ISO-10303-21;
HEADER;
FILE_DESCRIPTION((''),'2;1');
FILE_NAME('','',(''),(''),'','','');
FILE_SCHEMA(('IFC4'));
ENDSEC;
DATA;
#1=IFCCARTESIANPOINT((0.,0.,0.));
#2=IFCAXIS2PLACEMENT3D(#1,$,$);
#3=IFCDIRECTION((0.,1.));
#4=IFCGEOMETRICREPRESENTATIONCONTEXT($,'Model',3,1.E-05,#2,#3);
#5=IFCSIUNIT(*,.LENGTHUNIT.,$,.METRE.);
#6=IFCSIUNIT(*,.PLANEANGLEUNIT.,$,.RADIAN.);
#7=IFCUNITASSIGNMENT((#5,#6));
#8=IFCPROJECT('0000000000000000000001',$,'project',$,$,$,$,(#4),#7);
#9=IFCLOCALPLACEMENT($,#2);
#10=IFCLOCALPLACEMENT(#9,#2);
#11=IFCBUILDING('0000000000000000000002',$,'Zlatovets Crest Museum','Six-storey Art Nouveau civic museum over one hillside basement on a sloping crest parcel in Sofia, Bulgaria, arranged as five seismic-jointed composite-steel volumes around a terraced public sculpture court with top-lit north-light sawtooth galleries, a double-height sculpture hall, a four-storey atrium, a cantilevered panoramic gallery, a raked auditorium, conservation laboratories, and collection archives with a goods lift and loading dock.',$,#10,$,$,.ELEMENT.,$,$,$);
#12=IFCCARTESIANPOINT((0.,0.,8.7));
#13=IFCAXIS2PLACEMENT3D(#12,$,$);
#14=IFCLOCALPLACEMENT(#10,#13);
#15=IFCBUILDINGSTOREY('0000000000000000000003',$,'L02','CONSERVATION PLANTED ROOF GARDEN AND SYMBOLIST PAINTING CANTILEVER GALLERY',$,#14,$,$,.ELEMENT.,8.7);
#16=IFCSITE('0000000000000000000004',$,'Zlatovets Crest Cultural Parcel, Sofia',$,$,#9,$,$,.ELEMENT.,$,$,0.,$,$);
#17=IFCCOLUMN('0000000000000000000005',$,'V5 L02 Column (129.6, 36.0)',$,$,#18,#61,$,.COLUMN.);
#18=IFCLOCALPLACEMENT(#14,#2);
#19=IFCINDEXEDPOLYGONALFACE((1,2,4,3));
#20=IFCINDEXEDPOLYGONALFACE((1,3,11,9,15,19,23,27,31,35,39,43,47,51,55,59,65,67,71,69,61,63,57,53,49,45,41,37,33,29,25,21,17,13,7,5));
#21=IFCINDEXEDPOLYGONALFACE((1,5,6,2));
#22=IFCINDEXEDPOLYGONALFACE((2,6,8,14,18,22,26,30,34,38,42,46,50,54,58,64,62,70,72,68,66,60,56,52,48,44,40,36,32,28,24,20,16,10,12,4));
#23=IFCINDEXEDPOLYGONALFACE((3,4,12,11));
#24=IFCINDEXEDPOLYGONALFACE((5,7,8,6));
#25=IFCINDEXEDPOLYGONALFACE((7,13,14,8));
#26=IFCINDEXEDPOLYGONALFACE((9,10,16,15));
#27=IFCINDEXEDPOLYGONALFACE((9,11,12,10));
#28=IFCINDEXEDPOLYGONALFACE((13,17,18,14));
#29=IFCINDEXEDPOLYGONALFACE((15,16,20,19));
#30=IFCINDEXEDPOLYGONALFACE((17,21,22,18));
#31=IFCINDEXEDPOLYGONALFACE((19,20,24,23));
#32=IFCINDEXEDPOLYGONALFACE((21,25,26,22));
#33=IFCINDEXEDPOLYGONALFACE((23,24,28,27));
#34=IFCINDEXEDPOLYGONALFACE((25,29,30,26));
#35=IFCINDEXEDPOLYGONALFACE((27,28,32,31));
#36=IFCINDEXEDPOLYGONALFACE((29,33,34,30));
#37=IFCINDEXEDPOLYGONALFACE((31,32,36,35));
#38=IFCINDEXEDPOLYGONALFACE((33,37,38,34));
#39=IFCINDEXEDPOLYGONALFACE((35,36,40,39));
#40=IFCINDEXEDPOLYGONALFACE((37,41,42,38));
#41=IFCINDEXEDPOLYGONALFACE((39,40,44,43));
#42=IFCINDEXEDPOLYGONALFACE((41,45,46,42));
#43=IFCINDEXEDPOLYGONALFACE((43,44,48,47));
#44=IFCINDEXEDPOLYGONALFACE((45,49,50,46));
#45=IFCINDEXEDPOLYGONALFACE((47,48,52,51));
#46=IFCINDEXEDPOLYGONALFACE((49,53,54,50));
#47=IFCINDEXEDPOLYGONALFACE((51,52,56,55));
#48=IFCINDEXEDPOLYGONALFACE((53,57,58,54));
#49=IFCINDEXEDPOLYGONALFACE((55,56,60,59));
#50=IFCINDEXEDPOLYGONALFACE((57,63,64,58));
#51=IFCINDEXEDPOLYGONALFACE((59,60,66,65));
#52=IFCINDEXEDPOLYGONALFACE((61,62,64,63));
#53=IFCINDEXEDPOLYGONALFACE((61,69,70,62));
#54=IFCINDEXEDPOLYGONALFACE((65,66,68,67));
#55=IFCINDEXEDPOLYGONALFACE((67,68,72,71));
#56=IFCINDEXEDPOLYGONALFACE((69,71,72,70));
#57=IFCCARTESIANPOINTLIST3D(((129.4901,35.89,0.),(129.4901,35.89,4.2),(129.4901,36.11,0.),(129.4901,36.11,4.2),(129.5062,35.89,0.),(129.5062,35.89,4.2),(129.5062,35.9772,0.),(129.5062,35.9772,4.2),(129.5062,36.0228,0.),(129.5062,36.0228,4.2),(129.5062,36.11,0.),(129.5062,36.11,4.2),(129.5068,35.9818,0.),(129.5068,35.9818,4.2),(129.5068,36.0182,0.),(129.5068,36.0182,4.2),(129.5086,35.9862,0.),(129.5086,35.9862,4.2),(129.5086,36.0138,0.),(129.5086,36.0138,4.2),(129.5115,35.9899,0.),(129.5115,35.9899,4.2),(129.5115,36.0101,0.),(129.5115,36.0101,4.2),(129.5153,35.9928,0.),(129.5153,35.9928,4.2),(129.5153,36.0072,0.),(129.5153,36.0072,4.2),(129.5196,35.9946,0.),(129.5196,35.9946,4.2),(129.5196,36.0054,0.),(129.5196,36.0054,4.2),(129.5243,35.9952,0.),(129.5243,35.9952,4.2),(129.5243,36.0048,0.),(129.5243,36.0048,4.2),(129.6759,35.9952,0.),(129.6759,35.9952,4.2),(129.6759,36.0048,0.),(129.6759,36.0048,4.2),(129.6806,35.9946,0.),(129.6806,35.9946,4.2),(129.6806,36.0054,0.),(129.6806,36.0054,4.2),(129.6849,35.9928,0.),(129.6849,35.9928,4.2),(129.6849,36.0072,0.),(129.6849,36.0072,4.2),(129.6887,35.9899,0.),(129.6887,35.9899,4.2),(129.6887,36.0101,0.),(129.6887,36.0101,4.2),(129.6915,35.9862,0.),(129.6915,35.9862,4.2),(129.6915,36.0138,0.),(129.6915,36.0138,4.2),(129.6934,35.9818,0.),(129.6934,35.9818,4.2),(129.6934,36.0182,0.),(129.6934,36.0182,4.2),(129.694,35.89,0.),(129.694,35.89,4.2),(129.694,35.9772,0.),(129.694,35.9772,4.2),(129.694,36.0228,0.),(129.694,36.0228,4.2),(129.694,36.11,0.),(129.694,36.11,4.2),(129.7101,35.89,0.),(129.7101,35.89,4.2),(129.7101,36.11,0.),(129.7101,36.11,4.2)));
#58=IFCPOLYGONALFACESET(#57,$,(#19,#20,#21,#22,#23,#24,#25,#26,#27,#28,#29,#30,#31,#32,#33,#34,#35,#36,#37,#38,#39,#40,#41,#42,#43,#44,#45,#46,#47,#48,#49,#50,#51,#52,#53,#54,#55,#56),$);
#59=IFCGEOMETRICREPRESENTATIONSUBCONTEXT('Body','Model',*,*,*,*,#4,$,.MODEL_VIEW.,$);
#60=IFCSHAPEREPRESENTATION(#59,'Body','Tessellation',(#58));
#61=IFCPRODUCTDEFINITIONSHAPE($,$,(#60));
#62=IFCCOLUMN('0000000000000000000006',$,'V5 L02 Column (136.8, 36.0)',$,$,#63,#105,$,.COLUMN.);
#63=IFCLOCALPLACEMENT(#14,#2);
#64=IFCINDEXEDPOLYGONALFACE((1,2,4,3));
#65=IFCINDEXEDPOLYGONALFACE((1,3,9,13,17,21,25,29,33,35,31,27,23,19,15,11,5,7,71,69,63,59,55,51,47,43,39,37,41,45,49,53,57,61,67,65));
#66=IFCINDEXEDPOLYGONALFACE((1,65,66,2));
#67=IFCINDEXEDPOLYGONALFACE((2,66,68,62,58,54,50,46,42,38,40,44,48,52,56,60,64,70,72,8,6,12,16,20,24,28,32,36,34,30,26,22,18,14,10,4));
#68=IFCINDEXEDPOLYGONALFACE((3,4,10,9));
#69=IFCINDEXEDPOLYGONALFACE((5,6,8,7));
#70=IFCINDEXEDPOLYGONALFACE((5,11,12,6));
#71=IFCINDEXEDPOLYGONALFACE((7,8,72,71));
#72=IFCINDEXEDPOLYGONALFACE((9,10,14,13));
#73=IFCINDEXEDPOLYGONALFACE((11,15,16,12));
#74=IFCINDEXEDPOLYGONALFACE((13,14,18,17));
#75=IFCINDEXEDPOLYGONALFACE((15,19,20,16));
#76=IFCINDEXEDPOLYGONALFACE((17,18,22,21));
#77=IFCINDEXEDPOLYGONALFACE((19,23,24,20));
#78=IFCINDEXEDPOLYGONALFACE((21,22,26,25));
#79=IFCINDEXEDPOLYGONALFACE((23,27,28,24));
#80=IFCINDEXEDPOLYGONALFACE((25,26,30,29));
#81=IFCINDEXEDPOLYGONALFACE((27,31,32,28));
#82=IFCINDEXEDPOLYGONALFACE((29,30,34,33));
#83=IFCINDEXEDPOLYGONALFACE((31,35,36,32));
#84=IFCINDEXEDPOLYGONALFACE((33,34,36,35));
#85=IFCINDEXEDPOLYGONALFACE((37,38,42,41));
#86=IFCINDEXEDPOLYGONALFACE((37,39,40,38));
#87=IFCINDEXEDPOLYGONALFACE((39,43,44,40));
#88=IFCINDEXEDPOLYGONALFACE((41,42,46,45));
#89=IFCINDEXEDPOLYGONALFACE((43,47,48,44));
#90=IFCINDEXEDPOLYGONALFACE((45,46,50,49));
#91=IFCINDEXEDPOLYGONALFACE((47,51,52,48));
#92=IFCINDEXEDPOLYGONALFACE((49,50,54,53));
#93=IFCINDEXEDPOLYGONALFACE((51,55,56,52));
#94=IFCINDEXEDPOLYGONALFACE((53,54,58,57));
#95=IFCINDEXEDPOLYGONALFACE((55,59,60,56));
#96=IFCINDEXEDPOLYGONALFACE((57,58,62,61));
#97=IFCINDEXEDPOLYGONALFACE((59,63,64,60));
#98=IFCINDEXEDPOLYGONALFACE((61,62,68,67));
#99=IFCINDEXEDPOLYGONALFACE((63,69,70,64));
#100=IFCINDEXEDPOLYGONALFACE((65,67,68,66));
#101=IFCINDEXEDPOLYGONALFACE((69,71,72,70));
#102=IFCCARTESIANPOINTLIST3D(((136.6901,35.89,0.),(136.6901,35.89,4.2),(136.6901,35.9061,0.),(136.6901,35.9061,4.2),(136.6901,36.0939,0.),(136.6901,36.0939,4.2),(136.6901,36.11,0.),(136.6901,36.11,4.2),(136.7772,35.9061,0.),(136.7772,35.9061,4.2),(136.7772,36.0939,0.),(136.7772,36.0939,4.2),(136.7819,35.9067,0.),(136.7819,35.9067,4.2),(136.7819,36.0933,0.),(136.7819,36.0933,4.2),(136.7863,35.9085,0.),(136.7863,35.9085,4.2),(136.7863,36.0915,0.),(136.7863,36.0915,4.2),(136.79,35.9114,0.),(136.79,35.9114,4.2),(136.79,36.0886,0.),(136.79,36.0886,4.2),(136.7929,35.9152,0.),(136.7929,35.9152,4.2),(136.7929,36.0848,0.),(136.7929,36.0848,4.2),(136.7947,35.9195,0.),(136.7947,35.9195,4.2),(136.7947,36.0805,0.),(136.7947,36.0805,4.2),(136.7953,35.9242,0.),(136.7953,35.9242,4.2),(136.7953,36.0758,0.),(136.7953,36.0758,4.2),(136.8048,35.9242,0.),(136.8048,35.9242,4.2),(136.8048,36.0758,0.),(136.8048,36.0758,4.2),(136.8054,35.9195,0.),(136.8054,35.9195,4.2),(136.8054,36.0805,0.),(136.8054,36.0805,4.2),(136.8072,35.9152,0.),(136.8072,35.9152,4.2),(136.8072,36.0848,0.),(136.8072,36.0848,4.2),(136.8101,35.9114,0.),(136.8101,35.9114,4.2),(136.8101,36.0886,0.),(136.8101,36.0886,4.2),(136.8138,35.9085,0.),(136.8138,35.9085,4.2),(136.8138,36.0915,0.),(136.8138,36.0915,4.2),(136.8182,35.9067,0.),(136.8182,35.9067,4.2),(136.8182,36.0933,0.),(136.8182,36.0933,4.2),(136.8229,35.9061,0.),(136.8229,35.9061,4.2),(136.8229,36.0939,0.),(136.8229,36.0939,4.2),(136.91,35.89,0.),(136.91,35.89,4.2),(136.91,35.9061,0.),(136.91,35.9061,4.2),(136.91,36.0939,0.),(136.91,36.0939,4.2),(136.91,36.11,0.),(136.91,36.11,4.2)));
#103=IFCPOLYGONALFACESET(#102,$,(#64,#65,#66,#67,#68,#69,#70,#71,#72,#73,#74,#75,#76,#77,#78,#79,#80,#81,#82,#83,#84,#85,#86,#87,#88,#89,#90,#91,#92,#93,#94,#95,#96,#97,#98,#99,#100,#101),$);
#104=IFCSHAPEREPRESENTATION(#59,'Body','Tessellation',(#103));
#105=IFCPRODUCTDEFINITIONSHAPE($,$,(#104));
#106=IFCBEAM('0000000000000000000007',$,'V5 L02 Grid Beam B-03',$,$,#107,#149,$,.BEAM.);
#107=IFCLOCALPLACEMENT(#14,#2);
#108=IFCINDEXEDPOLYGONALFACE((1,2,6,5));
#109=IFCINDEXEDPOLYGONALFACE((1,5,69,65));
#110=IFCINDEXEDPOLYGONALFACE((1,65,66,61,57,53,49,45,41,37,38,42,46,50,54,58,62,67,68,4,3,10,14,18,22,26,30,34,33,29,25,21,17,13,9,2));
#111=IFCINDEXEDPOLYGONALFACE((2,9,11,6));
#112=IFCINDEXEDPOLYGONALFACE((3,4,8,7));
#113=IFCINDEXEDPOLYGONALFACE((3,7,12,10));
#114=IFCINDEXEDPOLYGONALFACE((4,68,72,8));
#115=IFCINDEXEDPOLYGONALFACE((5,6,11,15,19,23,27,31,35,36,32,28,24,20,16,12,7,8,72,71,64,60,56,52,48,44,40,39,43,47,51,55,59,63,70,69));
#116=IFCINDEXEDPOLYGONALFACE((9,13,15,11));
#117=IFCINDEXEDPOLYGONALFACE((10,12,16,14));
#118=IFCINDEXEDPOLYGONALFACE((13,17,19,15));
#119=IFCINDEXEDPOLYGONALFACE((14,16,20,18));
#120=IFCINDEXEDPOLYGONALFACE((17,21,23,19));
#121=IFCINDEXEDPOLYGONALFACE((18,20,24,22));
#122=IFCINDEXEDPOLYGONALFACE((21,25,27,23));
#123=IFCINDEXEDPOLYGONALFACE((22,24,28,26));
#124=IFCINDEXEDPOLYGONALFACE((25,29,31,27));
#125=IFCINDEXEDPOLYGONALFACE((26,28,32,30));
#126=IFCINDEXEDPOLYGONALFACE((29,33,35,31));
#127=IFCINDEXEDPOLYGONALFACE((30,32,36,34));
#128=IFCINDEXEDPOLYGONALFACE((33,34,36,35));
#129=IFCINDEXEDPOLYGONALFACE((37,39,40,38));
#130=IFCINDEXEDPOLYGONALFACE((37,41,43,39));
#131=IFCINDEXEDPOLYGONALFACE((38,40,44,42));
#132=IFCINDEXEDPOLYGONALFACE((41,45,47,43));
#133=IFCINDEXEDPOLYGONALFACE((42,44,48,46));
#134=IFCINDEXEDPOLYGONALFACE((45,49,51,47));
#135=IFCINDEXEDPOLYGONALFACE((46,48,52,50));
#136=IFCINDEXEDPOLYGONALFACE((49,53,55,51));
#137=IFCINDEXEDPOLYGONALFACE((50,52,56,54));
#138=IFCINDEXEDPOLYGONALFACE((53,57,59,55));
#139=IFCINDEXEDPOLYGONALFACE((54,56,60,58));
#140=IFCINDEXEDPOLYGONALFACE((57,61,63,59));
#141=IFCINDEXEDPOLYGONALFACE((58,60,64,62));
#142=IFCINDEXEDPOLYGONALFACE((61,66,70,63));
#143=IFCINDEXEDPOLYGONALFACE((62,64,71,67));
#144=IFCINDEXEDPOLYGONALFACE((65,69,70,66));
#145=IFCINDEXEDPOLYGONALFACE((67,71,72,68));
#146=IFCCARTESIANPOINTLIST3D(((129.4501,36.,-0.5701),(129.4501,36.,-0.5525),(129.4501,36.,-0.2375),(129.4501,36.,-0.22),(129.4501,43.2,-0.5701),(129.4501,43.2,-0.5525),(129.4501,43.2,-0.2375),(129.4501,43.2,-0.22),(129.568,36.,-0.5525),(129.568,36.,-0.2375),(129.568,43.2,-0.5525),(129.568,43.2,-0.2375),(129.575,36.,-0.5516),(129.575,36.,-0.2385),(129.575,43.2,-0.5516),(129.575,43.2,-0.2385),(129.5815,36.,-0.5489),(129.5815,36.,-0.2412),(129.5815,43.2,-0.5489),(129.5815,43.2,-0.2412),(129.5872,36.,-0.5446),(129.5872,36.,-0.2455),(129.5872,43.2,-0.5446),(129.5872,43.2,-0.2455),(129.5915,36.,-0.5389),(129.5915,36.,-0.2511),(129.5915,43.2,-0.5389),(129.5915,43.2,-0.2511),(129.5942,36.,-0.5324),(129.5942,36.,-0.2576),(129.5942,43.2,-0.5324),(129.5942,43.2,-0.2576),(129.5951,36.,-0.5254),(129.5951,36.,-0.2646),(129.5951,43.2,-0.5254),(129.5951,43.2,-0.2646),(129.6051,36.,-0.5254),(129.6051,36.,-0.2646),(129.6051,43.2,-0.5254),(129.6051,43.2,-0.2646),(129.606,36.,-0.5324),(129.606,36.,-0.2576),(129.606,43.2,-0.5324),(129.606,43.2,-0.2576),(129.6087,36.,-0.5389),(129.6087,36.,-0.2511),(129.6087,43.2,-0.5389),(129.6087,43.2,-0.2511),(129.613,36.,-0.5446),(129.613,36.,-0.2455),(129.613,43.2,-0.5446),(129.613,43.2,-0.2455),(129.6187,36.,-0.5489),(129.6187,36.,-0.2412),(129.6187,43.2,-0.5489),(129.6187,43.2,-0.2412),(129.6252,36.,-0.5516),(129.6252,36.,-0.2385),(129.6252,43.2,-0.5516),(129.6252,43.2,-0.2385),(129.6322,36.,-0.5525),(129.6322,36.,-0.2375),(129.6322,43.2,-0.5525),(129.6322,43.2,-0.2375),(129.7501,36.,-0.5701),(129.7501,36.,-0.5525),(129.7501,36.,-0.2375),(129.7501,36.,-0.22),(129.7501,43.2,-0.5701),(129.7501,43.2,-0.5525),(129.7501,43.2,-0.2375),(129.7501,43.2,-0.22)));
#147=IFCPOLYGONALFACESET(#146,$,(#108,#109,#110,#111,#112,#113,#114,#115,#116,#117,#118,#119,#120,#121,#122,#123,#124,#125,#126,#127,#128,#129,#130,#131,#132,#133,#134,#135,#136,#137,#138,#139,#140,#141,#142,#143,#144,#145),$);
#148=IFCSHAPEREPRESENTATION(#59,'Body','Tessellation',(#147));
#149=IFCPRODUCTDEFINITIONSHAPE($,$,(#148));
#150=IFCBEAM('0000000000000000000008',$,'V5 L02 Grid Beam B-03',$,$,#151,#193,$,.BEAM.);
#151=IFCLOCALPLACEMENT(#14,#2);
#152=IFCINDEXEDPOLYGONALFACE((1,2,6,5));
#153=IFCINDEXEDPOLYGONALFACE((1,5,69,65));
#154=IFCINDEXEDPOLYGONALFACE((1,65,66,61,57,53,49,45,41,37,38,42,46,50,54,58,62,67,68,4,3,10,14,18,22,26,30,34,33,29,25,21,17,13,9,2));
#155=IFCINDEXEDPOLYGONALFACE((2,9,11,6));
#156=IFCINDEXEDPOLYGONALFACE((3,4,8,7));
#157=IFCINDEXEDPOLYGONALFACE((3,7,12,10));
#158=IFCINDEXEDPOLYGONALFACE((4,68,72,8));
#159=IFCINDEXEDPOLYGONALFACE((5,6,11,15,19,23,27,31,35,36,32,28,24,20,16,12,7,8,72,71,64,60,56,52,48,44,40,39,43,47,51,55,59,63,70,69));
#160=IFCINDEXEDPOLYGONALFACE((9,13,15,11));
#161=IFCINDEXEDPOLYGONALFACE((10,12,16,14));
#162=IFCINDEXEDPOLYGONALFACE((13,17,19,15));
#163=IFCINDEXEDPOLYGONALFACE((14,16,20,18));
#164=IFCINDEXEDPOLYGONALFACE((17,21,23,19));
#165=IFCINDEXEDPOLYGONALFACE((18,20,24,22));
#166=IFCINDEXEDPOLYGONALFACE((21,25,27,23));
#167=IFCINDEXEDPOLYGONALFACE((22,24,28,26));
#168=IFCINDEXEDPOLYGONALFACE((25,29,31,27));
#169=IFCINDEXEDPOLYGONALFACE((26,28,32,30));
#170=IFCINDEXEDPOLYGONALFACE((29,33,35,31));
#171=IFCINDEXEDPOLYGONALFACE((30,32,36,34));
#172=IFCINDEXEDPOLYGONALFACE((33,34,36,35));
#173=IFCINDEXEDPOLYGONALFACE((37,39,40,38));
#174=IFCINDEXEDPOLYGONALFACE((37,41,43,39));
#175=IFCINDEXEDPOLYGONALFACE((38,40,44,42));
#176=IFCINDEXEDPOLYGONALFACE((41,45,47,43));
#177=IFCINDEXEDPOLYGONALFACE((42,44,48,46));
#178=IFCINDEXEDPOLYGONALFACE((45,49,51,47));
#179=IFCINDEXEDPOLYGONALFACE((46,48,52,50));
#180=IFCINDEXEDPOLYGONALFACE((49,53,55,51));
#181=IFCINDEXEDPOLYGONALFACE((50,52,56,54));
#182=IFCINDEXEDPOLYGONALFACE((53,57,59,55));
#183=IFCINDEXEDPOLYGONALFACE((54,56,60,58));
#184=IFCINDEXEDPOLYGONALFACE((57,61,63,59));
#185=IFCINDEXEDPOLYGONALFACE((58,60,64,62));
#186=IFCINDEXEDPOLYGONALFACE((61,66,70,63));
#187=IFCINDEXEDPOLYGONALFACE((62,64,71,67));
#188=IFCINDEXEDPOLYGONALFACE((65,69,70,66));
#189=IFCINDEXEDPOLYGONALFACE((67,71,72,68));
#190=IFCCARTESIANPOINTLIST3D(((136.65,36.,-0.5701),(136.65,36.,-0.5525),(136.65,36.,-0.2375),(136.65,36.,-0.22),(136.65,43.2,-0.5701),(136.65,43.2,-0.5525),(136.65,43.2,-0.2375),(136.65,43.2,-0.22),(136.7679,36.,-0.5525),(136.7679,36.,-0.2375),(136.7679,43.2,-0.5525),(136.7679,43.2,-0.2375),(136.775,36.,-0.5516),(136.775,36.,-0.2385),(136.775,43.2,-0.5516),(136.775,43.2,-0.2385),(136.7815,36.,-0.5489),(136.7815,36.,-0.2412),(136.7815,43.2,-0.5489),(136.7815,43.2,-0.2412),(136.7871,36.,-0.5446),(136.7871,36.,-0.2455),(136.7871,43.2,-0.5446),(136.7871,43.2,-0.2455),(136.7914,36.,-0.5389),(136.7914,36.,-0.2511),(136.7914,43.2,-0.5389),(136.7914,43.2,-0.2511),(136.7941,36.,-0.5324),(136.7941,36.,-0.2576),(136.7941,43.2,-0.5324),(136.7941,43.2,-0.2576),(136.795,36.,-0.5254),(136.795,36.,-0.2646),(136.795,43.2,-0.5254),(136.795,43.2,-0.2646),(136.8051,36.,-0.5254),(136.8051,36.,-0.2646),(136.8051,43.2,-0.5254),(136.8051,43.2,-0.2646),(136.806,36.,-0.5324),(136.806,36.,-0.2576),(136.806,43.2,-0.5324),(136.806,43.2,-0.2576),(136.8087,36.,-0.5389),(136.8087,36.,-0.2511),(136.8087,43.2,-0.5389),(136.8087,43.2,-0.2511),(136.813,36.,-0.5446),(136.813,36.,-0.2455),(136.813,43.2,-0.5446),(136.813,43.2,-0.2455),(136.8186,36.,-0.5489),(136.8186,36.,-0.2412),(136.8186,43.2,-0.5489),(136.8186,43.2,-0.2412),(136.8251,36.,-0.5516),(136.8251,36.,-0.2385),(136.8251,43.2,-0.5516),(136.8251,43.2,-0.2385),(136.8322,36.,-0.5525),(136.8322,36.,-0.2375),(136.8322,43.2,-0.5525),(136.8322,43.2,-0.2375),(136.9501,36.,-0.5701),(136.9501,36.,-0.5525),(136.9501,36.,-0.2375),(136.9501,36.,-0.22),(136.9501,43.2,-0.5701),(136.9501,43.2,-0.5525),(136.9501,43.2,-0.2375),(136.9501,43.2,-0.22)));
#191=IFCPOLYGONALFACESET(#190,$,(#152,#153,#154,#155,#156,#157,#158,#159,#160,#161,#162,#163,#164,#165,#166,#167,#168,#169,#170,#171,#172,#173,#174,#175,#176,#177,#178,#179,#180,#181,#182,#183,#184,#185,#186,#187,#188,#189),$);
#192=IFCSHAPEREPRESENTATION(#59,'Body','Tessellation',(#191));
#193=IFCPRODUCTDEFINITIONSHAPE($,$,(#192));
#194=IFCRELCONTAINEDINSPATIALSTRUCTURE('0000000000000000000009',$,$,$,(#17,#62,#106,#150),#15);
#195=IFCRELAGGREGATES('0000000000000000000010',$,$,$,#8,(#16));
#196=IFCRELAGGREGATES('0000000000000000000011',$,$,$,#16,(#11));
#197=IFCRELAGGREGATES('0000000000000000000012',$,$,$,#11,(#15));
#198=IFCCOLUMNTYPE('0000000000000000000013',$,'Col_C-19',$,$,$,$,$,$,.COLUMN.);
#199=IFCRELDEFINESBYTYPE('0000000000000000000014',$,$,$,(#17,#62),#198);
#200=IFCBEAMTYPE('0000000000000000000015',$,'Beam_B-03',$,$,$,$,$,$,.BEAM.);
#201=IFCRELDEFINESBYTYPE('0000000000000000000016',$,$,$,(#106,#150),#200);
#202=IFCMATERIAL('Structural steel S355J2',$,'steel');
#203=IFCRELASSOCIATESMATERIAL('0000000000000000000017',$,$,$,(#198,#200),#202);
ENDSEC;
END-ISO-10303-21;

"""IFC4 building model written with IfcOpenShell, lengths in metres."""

from ifc_helpers import new_model, si_unit, direction, frame, origin, origin_2d, place, context, subcontext, project, spatial, i_section, extrude, material, material_profile, profile_set, type_object, element, save


model = new_model("IFC4")

# Units and contexts
model_context = context("Model", 3, precision=1e-05, world=origin(), true_north=direction((0.0, 1.0)))
body_context = subcontext(model_context, "Body", "Model", "MODEL_VIEW")
ifc_project = project(units=[si_unit("LENGTHUNIT", "METRE"), si_unit("PLANEANGLEUNIT", "RADIAN")], contexts=[model_context])

# Site, building, storey
site_placement = place(None, origin())
site = spatial("IfcSite", under=ifc_project, at=site_placement, Name="Zlatovets Crest Cultural Parcel, Sofia", CompositionType="ELEMENT", RefElevation=0.0)
building_placement = place(site_placement, origin())
building = spatial("IfcBuilding", under=site, at=building_placement, Name="Zlatovets Crest Museum", Description="Six-storey Art Nouveau civic museum over one hillside basement on a sloping crest parcel in Sofia, Bulgaria, arranged as five seismic-jointed composite-steel volumes around a terraced public sculpture court with top-lit north-light sawtooth galleries, a double-height sculpture hall, a four-storey atrium, a cantilevered panoramic gallery, a raked auditorium, conservation laboratories, and collection archives with a goods lift and loading dock.", CompositionType="ELEMENT")
storey_placement = place(building_placement, frame((0.0, 0.0, 8.7)))
storey = spatial("IfcBuildingStorey", under=building, at=storey_placement, Name="L02", Description="CONSERVATION PLANTED ROOF GARDEN AND SYMBOLIST PAINTING CANTILEVER GALLERY", CompositionType="ELEMENT", Elevation=8.7)

# Columns
ifc_material_1 = material(Name="Structural steel S355J2", Category="steel")
ifc_material_profile_1 = material_profile(ifc_material_1, i_section(OverallWidth=0.22, OverallDepth=0.22, WebThickness=0.0095, FlangeThickness=0.0161, FilletRadius=0.0181, at=origin_2d()), Name="HEB 220")
ifc_profile_set_1 = profile_set([ifc_material_profile_1], Name="Structural steel S355J2")
column_type = type_object("IfcColumnType", Name="Col_C-19", PredefinedType="COLUMN", material=ifc_profile_set_1)
for number, where, z_axis, x_axis, name in (
    (1, (129.6001, 36.0, 0.0), (0.0, 0.0, 1.0), (0.0, 1.0, 0.0), "V5 L02 Column (129.6, 36.0)"),
    (2, (136.8, 36.0, 0.0), (0.0, 0.0, 1.0), (1.0, 0.0, 0.0), "V5 L02 Column (136.8, 36.0)"),
):
    element("IfcColumn", number, at=place(storey_placement, frame(where, z_axis=z_axis, x_axis=x_axis)), inside=storey, type_object=column_type, Name=name, PredefinedType="COLUMN", context=body_context, shape_type="SweptSolid", body=[
        extrude(i_section(OverallWidth=0.22, OverallDepth=0.22, WebThickness=0.0095, FlangeThickness=0.0161, FilletRadius=0.0181, at=origin_2d()), origin(), (0.0, 0.0, 1.0), 4.2),
    ])

# Beams
ifc_material_profile_2 = material_profile(ifc_material_1, i_section(OverallWidth=0.3, OverallDepth=0.3501, WebThickness=0.01, FlangeThickness=0.0176, FilletRadius=0.0271, at=origin_2d()), Name="HEA 360")
ifc_profile_set_2 = profile_set([ifc_material_profile_2], Name="Structural steel S355J2")
beam_type_1 = type_object("IfcBeamType", Name="Beam_B-03", PredefinedType="BEAM", material=ifc_profile_set_2)
for number, where, z_axis, x_axis, name in (
    (3, (129.6001, 36.0, -0.395), (0.0, 1.0, 0.0), (-1.0, 0.0, 0.0), "V5 L02 Grid Beam B-03"),
    (4, (136.8, 36.0, -0.395), (0.0, 1.0, 0.0), (-1.0, 0.0, 0.0), "V5 L02 Grid Beam B-03"),
):
    element("IfcBeam", number, at=place(storey_placement, frame(where, z_axis=z_axis, x_axis=x_axis)), inside=storey, type_object=beam_type_1, Name=name, PredefinedType="BEAM", context=body_context, shape_type="SweptSolid", body=[
        extrude(i_section(OverallWidth=0.3, OverallDepth=0.3501, WebThickness=0.01, FlangeThickness=0.0176, FilletRadius=0.0271, at=origin_2d()), origin(), (0.0, 0.0, 1.0), 7.2),
    ])

save(model, "model.ifc")
